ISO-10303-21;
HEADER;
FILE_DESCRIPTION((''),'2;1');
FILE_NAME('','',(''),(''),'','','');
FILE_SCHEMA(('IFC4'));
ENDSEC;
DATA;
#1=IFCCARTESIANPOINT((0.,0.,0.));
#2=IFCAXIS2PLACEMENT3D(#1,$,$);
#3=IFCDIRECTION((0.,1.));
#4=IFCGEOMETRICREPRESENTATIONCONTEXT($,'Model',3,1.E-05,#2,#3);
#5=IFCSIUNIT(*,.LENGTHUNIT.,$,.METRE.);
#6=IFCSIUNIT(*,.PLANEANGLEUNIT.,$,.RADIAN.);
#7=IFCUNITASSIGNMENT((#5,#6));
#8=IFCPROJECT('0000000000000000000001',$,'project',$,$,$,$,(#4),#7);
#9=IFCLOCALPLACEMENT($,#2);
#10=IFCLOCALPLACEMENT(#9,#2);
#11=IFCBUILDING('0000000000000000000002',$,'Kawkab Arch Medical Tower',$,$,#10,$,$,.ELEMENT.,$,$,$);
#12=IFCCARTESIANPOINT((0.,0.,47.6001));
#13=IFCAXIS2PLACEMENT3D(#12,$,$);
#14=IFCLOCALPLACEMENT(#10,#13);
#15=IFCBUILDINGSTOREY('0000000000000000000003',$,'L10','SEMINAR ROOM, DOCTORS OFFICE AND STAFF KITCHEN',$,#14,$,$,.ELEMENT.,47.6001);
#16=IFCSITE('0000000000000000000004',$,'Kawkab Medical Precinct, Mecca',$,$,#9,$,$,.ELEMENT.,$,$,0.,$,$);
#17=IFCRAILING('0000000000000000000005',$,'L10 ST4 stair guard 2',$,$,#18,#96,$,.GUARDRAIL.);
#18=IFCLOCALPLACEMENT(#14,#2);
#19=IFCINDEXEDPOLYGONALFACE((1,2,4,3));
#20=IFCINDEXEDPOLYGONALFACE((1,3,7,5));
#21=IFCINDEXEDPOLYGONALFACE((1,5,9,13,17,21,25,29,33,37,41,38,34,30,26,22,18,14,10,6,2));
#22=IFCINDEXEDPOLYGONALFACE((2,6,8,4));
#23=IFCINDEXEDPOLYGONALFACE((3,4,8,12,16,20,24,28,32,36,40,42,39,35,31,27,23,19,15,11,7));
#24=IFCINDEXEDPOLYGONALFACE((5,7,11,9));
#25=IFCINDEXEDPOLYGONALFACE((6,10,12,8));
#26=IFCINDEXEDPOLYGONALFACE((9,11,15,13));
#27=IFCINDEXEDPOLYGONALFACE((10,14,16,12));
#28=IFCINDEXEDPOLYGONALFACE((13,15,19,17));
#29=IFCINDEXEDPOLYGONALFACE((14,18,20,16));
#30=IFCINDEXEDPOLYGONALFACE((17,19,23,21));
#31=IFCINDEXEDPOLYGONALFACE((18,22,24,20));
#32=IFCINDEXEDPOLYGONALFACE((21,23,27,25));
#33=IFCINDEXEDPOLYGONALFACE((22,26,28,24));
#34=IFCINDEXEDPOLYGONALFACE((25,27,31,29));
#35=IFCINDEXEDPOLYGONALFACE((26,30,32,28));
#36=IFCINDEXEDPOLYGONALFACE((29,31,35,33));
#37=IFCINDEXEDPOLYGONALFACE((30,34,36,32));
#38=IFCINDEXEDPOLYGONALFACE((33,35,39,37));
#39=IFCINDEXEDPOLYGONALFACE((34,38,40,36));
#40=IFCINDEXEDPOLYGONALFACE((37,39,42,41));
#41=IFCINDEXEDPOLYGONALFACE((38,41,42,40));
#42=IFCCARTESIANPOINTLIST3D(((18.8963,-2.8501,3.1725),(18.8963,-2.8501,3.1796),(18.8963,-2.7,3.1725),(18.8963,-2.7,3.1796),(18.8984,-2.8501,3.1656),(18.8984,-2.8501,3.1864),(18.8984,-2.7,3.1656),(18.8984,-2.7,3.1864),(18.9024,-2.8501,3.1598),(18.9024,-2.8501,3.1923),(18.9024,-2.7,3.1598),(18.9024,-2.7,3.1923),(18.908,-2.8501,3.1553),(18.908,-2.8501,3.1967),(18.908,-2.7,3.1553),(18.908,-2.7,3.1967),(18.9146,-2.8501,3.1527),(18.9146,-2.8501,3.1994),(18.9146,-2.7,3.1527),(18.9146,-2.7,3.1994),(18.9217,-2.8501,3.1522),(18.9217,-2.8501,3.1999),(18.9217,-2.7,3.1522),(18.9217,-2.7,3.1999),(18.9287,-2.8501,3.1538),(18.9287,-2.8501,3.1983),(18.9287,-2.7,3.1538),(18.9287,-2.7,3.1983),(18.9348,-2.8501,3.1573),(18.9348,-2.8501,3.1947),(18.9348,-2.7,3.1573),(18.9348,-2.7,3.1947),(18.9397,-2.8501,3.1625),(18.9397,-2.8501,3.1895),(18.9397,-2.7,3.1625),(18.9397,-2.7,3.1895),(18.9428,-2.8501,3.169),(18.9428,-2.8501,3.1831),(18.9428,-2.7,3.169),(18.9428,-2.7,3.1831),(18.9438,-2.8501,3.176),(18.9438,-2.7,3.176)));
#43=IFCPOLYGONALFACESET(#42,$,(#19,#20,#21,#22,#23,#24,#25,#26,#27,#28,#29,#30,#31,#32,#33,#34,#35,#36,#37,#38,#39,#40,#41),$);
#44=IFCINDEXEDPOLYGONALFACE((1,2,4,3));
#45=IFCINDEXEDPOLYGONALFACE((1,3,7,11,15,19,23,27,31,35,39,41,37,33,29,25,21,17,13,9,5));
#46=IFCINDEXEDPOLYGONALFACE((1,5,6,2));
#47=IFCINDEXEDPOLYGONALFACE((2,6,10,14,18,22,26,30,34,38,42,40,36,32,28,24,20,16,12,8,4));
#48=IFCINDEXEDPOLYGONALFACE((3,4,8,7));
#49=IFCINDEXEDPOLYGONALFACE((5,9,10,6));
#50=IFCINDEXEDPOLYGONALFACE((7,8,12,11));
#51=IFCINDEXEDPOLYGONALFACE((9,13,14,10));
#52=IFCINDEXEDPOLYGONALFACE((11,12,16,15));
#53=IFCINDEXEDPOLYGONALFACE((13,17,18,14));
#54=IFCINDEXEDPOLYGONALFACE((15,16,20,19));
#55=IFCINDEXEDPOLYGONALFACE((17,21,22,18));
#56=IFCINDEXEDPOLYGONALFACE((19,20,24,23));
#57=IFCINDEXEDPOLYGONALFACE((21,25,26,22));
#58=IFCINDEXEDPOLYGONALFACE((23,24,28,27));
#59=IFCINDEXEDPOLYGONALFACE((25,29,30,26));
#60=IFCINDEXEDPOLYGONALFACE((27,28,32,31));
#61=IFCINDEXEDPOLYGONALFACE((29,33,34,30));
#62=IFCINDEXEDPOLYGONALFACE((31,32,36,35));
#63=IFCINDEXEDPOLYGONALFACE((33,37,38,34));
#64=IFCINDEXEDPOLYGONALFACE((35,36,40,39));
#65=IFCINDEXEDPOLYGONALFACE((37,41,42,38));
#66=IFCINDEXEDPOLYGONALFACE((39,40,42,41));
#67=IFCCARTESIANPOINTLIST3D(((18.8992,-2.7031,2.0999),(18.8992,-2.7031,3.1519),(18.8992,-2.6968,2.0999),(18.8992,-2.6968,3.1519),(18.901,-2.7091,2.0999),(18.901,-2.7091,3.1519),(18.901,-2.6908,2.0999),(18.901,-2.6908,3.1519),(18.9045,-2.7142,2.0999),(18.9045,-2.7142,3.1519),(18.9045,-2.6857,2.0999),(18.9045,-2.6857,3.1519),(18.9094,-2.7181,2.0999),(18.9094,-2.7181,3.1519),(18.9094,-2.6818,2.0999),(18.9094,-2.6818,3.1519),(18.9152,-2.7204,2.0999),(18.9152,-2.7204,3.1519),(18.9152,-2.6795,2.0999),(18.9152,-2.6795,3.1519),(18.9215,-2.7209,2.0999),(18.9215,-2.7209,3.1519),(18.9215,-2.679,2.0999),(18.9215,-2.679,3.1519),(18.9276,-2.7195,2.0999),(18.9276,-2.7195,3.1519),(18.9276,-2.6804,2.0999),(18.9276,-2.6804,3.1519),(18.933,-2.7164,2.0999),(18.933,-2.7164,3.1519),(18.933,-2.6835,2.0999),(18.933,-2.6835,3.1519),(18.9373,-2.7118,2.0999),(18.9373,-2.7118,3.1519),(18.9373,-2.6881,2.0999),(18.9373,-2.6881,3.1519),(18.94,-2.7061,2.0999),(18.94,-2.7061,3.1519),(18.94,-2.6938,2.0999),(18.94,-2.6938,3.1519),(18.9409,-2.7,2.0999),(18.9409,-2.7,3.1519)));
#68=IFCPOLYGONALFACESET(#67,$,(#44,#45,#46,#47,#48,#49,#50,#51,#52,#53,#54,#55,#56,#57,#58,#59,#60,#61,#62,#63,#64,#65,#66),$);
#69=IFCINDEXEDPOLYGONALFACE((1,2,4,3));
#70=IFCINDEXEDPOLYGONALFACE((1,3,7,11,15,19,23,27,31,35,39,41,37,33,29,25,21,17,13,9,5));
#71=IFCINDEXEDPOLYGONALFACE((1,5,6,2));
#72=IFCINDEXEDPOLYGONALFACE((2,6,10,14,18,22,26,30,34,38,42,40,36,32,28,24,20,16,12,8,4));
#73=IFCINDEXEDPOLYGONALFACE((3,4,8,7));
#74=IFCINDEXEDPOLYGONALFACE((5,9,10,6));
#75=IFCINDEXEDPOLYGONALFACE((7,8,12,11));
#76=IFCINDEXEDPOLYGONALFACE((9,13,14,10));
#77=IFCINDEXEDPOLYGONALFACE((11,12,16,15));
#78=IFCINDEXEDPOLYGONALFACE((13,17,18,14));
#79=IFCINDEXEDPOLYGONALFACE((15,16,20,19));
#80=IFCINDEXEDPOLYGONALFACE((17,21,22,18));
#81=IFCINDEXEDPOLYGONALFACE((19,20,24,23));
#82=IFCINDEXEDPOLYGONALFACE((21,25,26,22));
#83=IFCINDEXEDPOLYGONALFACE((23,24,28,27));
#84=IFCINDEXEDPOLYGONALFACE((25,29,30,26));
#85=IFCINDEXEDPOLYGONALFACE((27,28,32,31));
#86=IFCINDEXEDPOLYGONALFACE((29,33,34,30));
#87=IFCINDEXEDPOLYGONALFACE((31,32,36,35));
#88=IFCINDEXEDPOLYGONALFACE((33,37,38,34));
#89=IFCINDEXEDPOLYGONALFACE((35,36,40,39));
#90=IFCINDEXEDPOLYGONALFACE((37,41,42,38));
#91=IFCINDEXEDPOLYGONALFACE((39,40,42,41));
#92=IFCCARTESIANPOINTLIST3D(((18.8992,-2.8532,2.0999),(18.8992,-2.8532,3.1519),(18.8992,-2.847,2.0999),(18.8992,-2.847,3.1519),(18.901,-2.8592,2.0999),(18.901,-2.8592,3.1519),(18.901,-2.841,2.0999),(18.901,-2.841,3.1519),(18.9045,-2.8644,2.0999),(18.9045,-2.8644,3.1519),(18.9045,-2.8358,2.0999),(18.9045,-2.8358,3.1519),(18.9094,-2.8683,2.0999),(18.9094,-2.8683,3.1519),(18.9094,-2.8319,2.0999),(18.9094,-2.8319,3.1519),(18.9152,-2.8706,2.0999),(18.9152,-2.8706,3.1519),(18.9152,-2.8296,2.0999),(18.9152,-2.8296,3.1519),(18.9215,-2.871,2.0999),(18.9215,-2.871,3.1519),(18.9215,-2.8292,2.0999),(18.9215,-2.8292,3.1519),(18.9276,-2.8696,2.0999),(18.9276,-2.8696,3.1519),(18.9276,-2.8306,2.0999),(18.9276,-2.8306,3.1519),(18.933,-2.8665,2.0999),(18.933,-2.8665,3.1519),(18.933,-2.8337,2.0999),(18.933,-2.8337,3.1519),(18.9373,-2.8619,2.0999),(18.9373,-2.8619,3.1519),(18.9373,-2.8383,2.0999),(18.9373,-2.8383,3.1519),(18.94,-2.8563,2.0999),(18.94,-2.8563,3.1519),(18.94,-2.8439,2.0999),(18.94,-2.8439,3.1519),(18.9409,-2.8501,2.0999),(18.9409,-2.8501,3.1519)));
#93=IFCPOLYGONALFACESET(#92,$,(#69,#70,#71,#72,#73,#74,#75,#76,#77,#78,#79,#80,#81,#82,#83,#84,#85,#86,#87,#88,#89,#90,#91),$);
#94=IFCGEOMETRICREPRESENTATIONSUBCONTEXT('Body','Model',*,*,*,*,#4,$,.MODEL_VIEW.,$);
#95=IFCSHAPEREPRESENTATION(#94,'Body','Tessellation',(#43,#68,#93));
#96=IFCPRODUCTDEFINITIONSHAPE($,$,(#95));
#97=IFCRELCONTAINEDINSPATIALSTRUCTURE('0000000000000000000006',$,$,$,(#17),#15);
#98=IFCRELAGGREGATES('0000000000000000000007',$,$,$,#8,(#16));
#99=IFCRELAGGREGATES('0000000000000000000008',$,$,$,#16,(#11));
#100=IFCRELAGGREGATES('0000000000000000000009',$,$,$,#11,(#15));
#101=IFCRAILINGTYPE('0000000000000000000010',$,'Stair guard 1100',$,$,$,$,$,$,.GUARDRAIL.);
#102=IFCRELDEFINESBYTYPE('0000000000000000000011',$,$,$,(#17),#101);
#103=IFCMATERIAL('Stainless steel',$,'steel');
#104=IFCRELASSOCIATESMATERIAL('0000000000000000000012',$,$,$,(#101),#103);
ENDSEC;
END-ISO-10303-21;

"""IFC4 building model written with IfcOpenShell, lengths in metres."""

from ifc_helpers import new_model, si_unit, direction, frame, origin, origin_2d, place, context, subcontext, project, spatial, circle, extrude, material, type_object, element, save


model = new_model("IFC4")

# Units and contexts
model_context = context("Model", 3, precision=1e-05, world=origin(), true_north=direction((0.0, 1.0)))
body_context = subcontext(model_context, "Body", "Model", "MODEL_VIEW")
ifc_project = project(units=[si_unit("LENGTHUNIT", "METRE"), si_unit("PLANEANGLEUNIT", "RADIAN")], contexts=[model_context])

# Site, building, storey
site_placement = place(None, origin())
site = spatial("IfcSite", under=ifc_project, at=site_placement, Name="Kawkab Medical Precinct, Mecca", CompositionType="ELEMENT", RefElevation=0.0)
building_placement = place(site_placement, origin())
building = spatial("IfcBuilding", under=site, at=building_placement, Name="Kawkab Arch Medical Tower", CompositionType="ELEMENT")
storey_placement = place(building_placement, frame((0.0, 0.0, 47.6001)))
storey = spatial("IfcBuildingStorey", under=building, at=storey_placement, Name="L10", Description="SEMINAR ROOM, DOCTORS OFFICE AND STAFF KITCHEN", CompositionType="ELEMENT", Elevation=47.6001)

# Railing
ifc_material_1 = material(Name="Stainless steel", Category="steel")
railing_type_1 = type_object("IfcRailingType", Name="Stair guard 1100", PredefinedType="GUARDRAIL", material=ifc_material_1)
railing_1_placement = place(storey_placement, frame((18.9199, -2.7, 2.0999)))
element("IfcRailing", 1, at=railing_1_placement, inside=storey, type_object=railing_type_1, Name="L10 ST4 stair guard 2", PredefinedType="GUARDRAIL", context=body_context, shape_type="SweptSolid", body=[
    extrude(circle(Radius=0.0239, at=origin_2d()), frame((0.0, 0.0, 1.0762), z_axis=(0.0, -1.0, 0.0), x_axis=(1.0, 0.0, 0.0)), (0.0, 0.0, 1.0), 0.1501),
    extrude(circle(Radius=0.021, at=origin_2d()), origin(), (0.0, 0.0, 1.0), 1.052),
    extrude(circle(Radius=0.021, at=origin_2d()), frame((0.0, -0.1501, 0.0)), (0.0, 0.0, 1.0), 1.052),
])

save(model, "model.ifc")
